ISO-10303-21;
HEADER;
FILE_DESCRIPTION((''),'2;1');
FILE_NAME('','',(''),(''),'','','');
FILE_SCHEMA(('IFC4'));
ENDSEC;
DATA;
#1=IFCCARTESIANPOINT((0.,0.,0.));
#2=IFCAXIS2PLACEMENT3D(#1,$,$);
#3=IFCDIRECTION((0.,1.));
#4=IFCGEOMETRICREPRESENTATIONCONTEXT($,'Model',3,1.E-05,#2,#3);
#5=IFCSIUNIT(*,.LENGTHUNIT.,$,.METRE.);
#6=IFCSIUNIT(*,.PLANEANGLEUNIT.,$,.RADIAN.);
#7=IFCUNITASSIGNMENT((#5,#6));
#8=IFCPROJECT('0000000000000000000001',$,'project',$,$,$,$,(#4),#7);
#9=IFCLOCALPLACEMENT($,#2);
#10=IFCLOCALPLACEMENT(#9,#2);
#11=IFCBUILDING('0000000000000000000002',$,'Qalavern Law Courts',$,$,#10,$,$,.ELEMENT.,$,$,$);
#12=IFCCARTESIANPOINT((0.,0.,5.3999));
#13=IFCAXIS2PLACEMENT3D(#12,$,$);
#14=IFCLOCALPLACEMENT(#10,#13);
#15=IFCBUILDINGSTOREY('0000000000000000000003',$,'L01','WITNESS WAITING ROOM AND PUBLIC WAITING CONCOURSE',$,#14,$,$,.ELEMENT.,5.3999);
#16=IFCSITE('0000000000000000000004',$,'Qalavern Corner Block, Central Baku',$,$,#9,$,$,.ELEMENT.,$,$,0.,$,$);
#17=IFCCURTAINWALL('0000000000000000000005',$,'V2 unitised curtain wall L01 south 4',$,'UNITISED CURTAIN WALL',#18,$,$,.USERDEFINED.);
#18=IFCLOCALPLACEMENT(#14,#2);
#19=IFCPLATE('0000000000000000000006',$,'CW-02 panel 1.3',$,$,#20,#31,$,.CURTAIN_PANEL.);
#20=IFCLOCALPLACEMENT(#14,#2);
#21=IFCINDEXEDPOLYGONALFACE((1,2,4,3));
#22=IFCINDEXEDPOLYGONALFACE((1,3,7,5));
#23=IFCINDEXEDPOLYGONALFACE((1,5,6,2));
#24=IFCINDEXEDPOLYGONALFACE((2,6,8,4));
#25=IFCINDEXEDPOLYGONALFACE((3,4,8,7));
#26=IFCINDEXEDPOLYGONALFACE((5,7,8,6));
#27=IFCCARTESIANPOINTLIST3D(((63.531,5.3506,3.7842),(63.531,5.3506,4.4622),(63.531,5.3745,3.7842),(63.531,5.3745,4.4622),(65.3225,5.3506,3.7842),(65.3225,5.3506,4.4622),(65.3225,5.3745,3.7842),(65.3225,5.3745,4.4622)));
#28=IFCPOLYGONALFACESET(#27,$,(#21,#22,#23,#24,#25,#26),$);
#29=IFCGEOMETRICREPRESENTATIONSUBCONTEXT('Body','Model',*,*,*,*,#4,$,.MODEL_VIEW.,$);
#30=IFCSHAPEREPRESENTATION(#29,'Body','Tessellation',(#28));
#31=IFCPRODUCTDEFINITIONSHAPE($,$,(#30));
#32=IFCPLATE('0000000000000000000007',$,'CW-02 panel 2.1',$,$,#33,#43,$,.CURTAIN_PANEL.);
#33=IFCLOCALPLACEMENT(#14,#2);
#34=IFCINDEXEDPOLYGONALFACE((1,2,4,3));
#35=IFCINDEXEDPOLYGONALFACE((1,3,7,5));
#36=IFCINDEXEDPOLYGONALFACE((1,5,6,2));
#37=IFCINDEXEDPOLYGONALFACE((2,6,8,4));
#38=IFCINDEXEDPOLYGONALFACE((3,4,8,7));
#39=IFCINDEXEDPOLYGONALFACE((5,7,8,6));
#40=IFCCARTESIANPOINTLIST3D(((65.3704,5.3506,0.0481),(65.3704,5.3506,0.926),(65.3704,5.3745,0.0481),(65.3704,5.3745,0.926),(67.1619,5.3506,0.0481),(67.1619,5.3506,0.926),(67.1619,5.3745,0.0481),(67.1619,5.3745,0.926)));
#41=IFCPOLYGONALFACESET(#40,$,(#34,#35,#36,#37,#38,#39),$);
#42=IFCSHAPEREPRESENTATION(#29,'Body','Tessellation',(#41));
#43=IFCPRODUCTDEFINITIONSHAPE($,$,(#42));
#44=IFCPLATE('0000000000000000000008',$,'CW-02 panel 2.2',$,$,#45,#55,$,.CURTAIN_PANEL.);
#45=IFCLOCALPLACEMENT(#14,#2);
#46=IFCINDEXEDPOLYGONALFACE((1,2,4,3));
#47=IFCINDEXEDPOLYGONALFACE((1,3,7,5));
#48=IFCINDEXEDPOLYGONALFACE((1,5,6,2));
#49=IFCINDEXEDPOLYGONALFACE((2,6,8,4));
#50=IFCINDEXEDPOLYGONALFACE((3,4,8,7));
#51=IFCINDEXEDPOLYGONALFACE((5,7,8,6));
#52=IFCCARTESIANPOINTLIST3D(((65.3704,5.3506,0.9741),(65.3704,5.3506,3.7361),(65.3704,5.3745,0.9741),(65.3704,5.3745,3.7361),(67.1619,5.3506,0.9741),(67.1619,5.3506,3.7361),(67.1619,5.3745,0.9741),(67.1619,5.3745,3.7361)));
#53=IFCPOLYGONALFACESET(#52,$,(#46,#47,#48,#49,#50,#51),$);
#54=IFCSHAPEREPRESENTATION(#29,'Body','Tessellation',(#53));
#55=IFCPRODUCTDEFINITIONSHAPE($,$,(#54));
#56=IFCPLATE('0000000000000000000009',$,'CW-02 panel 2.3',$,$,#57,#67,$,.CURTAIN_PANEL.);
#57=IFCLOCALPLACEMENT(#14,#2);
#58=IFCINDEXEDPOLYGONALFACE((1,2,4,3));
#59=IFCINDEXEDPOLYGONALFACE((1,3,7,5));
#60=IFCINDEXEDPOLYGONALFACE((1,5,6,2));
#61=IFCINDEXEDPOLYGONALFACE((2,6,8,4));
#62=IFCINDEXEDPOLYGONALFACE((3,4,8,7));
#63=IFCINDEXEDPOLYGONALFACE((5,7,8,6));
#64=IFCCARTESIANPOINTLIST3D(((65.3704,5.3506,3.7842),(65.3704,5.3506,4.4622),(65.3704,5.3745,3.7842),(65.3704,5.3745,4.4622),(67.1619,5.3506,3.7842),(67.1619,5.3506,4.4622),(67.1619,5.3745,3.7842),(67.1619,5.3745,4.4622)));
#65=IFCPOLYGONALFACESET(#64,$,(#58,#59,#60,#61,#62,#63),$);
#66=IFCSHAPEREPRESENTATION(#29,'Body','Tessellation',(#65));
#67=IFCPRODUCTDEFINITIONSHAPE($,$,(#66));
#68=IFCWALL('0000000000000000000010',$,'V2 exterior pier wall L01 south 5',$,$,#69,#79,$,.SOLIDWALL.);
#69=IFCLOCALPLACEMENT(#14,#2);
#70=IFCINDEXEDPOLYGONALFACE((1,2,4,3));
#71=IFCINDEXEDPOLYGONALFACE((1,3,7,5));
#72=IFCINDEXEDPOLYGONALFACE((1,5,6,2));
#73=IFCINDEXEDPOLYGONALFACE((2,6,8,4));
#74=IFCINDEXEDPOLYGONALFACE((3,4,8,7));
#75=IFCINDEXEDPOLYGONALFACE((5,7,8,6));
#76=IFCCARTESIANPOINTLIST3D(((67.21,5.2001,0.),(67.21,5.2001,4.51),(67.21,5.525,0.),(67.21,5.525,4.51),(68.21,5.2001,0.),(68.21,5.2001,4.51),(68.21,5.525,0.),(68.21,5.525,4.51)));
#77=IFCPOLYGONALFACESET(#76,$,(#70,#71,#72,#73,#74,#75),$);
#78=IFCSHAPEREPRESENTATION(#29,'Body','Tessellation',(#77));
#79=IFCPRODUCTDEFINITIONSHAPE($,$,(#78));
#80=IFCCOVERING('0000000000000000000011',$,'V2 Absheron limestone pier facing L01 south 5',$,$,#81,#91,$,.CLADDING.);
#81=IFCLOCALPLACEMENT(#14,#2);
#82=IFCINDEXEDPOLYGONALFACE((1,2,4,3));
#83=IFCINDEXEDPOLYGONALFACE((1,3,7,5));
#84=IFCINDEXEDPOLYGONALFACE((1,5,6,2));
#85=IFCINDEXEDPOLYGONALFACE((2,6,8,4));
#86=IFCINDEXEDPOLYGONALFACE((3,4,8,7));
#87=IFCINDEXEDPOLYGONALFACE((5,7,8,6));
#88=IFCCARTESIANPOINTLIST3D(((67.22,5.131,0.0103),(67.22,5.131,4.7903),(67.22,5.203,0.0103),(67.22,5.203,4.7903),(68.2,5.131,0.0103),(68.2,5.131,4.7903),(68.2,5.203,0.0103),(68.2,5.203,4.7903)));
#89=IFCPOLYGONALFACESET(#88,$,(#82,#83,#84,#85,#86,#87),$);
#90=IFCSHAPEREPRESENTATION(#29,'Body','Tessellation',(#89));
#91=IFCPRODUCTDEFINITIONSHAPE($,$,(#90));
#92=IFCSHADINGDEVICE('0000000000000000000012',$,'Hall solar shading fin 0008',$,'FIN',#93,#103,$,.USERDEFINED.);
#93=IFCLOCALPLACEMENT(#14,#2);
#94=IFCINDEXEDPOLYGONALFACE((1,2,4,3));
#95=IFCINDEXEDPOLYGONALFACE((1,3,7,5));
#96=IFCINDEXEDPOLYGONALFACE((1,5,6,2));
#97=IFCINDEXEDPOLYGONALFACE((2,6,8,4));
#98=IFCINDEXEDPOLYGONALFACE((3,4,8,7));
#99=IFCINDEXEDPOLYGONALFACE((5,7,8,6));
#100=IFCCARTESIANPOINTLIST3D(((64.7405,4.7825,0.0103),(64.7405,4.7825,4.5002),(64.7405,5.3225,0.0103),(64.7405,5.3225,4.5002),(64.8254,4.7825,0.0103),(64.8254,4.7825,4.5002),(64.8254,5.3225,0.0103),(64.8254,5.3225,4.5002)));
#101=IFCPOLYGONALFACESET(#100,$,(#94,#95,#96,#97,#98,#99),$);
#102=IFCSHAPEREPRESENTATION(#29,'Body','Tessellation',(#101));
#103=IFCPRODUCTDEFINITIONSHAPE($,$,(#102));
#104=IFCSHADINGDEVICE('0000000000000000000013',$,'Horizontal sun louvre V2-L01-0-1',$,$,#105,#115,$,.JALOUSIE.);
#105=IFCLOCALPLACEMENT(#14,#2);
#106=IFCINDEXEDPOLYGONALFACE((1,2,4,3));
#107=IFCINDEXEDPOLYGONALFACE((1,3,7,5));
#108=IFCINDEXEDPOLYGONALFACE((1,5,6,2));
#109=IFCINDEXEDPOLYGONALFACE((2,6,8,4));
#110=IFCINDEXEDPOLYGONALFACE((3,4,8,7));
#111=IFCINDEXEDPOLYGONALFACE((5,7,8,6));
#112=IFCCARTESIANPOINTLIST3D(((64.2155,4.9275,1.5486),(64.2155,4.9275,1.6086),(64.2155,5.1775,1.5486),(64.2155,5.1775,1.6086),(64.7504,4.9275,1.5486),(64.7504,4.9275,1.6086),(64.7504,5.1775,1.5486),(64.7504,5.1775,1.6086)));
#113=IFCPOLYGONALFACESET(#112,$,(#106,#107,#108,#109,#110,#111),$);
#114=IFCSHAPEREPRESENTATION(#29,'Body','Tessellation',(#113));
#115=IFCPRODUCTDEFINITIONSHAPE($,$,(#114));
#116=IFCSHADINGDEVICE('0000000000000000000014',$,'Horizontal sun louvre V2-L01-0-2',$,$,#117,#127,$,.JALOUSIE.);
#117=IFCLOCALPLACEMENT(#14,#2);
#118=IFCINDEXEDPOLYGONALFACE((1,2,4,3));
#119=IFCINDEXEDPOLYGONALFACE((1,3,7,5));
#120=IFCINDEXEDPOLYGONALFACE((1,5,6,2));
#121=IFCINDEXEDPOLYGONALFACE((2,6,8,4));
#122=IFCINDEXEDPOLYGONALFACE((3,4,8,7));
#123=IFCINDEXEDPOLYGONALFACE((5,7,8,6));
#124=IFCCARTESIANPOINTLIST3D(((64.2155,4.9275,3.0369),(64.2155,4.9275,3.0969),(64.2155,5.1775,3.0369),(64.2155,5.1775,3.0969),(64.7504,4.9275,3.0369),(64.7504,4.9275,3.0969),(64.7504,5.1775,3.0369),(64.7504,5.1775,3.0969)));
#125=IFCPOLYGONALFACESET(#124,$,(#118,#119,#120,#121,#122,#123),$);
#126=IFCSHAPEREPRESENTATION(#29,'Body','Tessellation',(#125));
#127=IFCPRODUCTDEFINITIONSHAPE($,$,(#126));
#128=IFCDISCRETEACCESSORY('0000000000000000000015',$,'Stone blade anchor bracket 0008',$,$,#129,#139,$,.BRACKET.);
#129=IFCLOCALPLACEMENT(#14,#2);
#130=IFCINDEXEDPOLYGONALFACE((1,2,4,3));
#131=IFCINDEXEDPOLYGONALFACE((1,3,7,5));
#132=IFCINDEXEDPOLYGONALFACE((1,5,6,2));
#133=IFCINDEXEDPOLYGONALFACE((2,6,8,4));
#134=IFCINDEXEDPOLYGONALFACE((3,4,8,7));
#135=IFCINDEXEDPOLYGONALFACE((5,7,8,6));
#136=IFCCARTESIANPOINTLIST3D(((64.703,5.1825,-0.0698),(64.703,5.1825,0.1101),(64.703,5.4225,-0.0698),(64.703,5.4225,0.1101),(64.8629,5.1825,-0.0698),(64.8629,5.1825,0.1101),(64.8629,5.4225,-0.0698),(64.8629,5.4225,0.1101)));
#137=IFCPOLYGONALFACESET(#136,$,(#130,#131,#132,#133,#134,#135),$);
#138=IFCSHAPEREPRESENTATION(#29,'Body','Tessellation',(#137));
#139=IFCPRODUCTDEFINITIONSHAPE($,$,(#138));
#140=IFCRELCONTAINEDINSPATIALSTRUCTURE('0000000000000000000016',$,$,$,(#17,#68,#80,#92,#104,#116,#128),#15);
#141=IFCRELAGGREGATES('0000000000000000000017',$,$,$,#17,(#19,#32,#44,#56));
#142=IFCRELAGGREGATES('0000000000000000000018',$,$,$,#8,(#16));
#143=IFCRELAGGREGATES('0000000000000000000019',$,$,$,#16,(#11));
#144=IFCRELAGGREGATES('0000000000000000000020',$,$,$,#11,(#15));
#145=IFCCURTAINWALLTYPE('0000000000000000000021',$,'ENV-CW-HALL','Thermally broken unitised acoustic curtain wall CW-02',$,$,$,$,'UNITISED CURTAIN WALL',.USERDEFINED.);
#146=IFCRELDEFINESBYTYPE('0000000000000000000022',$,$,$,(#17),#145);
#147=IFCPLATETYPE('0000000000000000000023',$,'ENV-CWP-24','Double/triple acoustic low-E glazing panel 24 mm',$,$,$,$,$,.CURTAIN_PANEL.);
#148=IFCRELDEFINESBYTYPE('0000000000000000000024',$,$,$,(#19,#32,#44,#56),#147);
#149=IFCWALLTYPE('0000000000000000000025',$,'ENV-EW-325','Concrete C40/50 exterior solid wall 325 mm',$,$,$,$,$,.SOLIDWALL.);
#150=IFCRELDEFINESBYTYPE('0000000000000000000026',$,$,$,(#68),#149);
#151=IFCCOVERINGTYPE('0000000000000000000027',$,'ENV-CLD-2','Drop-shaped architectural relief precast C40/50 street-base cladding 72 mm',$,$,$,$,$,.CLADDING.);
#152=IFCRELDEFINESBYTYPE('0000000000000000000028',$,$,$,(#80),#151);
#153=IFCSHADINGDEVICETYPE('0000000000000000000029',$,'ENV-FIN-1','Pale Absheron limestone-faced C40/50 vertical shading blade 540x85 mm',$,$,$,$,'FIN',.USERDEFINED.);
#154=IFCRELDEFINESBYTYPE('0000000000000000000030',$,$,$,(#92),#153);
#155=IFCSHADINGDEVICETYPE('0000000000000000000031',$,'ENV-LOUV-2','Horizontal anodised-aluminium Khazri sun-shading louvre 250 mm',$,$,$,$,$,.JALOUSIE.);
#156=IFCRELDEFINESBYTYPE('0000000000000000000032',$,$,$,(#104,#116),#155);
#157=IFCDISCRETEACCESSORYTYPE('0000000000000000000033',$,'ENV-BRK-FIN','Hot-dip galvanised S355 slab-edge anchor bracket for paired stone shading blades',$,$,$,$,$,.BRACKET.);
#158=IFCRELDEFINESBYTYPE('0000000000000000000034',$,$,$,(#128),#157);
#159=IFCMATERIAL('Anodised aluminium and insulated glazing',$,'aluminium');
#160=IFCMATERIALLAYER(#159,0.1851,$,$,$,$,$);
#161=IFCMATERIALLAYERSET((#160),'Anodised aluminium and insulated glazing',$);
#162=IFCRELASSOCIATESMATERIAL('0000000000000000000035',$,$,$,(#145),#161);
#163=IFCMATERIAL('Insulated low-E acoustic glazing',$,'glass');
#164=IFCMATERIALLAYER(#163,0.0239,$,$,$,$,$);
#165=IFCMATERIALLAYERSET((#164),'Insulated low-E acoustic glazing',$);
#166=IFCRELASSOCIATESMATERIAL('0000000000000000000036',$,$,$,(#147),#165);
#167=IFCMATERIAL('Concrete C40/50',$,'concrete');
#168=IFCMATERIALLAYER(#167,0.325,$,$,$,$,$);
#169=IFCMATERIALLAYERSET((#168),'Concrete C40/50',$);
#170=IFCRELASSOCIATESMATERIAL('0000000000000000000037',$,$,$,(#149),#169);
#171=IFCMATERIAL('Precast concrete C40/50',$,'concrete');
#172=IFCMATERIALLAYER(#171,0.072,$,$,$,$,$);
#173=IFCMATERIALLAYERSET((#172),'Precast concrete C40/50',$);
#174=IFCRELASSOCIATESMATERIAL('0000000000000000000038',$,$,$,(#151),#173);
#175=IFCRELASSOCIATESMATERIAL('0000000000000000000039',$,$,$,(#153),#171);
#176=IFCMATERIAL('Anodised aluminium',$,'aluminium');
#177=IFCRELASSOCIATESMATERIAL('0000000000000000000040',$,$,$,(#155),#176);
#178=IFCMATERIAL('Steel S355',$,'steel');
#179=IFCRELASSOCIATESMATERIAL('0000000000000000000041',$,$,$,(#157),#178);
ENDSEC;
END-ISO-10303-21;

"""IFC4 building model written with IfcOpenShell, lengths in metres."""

from ifc_helpers import new_model, si_unit, direction, frame, frame_2d, origin, origin_2d, place, context, subcontext, project, spatial, rectangle, extrude, material, layer, layer_set, type_object, element, aggregate, save


model = new_model("IFC4")

# Units and contexts
model_context = context("Model", 3, precision=1e-05, world=origin(), true_north=direction((0.0, 1.0)))
body_context = subcontext(model_context, "Body", "Model", "MODEL_VIEW")
ifc_project = project(units=[si_unit("LENGTHUNIT", "METRE"), si_unit("PLANEANGLEUNIT", "RADIAN")], contexts=[model_context])

# Site, building, storey
site_placement = place(None, origin())
site = spatial("IfcSite", under=ifc_project, at=site_placement, Name="Qalavern Corner Block, Central Baku", CompositionType="ELEMENT", RefElevation=0.0)
building_placement = place(site_placement, origin())
building = spatial("IfcBuilding", under=site, at=building_placement, Name="Qalavern Law Courts", CompositionType="ELEMENT")
storey_placement = place(building_placement, frame((0.0, 0.0, 5.3999)))
storey = spatial("IfcBuildingStorey", under=building, at=storey_placement, Name="L01", Description="WITNESS WAITING ROOM AND PUBLIC WAITING CONCOURSE", CompositionType="ELEMENT", Elevation=5.3999)

# Curtain wall
ifc_material_1 = material(Name="Anodised aluminium and insulated glazing", Category="aluminium")
ifc_layer_1 = layer(ifc_material_1, 0.1851)
ifc_layer_set_1 = layer_set([ifc_layer_1], Name="Anodised aluminium and insulated glazing")
curtain_wall_type = type_object("IfcCurtainWallType", Name="ENV-CW-HALL", Description="Thermally broken unitised acoustic curtain wall CW-02", ElementType="UNITISED CURTAIN WALL", PredefinedType="USERDEFINED", material=ifc_layer_set_1)
curtain_wall_1_placement = place(storey_placement, origin())
curtain_wall_1 = element("IfcCurtainWall", 1, at=curtain_wall_1_placement, inside=storey, type_object=curtain_wall_type, Name="V2 unitised curtain wall L01 south 4", ObjectType="UNITISED CURTAIN WALL", PredefinedType="USERDEFINED")
ifc_material_2 = material(Name="Anodised aluminium", Category="aluminium")

# Plates
ifc_material_3 = material(Name="Insulated low-E acoustic glazing", Category="glass")
ifc_layer_2 = layer(ifc_material_3, 0.0239)
ifc_layer_set_2 = layer_set([ifc_layer_2], Name="Insulated low-E acoustic glazing")
plate_type = type_object("IfcPlateType", Name="ENV-CWP-24", Description="Double/triple acoustic low-E glazing panel 24 mm", PredefinedType="CURTAIN_PANEL", material=ifc_layer_set_2)
plate_1_placement = place(storey_placement, frame((64.4268, 5.3625, 3.7842), z_axis=(0.0, 0.0, 1.0), x_axis=(1.0, 0.0, 0.0)))
plate_1 = element("IfcPlate", 2, at=plate_1_placement, type_object=plate_type, Name="CW-02 panel 1.3", PredefinedType="CURTAIN_PANEL", context=body_context, shape_type="SweptSolid", body=[
    extrude(rectangle(XDim=1.7915, YDim=0.0239, at=origin_2d()), origin(), (0.0, 0.0, 1.0), 0.678),
])
plate_2_placement = place(storey_placement, frame((66.2661, 5.3625, 0.0481), z_axis=(0.0, 0.0, 1.0), x_axis=(1.0, 0.0, 0.0)))
plate_2 = element("IfcPlate", 3, at=plate_2_placement, type_object=plate_type, Name="CW-02 panel 2.1", PredefinedType="CURTAIN_PANEL", context=body_context, shape_type="SweptSolid", body=[
    extrude(rectangle(XDim=1.7915, YDim=0.0239, at=origin_2d()), origin(), (0.0, 0.0, 1.0), 0.8779),
])
plate_3_placement = place(storey_placement, frame((66.2661, 5.3625, 0.9741), z_axis=(0.0, 0.0, 1.0), x_axis=(1.0, 0.0, 0.0)))
plate_3 = element("IfcPlate", 4, at=plate_3_placement, type_object=plate_type, Name="CW-02 panel 2.2", PredefinedType="CURTAIN_PANEL", context=body_context, shape_type="SweptSolid", body=[
    extrude(rectangle(XDim=1.7915, YDim=0.0239, at=origin_2d()), origin(), (0.0, 0.0, 1.0), 2.762),
])
plate_4_placement = place(storey_placement, frame((66.2661, 5.3625, 3.7842), z_axis=(0.0, 0.0, 1.0), x_axis=(1.0, 0.0, 0.0)))
plate_4 = element("IfcPlate", 5, at=plate_4_placement, type_object=plate_type, Name="CW-02 panel 2.3", PredefinedType="CURTAIN_PANEL", context=body_context, shape_type="SweptSolid", body=[
    extrude(rectangle(XDim=1.7915, YDim=0.0239, at=origin_2d()), origin(), (0.0, 0.0, 1.0), 0.678),
])
aggregate(curtain_wall_1, [plate_1, plate_2, plate_3, plate_4])

# Wall
ifc_material_4 = material(Name="Concrete C40/50", Category="concrete")
ifc_layer_3 = layer(ifc_material_4, 0.325)
ifc_layer_set_3 = layer_set([ifc_layer_3], Name="Concrete C40/50")
wall_type = type_object("IfcWallType", Name="ENV-EW-325", Description="Concrete C40/50 exterior solid wall 325 mm", PredefinedType="SOLIDWALL", material=ifc_layer_set_3)
wall_placement = place(storey_placement, frame((67.21, 5.3625, 0.0), z_axis=(0.0, 0.0, 1.0), x_axis=(1.0, 0.0, 0.0)))
element("IfcWall", 6, at=wall_placement, inside=storey, type_object=wall_type, Name="V2 exterior pier wall L01 south 5", PredefinedType="SOLIDWALL", context=body_context, shape_type="SweptSolid", body=[
    extrude(rectangle(XDim=1.0, YDim=0.325, at=frame_2d((0.5, 0.0))), origin(), (0.0, 0.0, 1.0), 4.51),
])

# Covering
ifc_material_5 = material(Name="Precast concrete C40/50", Category="concrete")
ifc_layer_4 = layer(ifc_material_5, 0.072)
ifc_layer_set_4 = layer_set([ifc_layer_4], Name="Precast concrete C40/50")
covering_type = type_object("IfcCoveringType", Name="ENV-CLD-2", Description="Drop-shaped architectural relief precast C40/50 street-base cladding 72 mm", PredefinedType="CLADDING", material=ifc_layer_set_4)
covering_placement = place(storey_placement, frame((67.71, 5.167, 0.0103), z_axis=(0.0, 0.0, 1.0), x_axis=(1.0, 0.0, 0.0)))
element("IfcCovering", 7, at=covering_placement, inside=storey, type_object=covering_type, Name="V2 Absheron limestone pier facing L01 south 5", PredefinedType="CLADDING", context=body_context, shape_type="SweptSolid", body=[
    extrude(rectangle(XDim=0.98, YDim=0.072, at=origin_2d()), origin(), (0.0, 0.0, 1.0), 4.78),
])

# Shading devices
shading_device_type_1 = type_object("IfcShadingDeviceType", Name="ENV-FIN-1", Description="Pale Absheron limestone-faced C40/50 vertical shading blade 540x85 mm", ElementType="FIN", PredefinedType="USERDEFINED", material=ifc_material_5)
shading_device_placement = place(storey_placement, frame((64.783, 5.0525, 0.0103), z_axis=(0.0, 0.0, 1.0), x_axis=(0.0, -1.0, 0.0)))
element("IfcShadingDevice", 8, at=shading_device_placement, inside=storey, type_object=shading_device_type_1, Name="Hall solar shading fin 0008", ObjectType="FIN", PredefinedType="USERDEFINED", context=body_context, shape_type="SweptSolid", body=[
    extrude(rectangle(XDim=0.54, YDim=0.085, at=origin_2d()), origin(), (0.0, 0.0, 1.0), 4.49),
])
shading_device_type_2 = type_object("IfcShadingDeviceType", Name="ENV-LOUV-2", Description="Horizontal anodised-aluminium Khazri sun-shading louvre 250 mm", PredefinedType="JALOUSIE", material=ifc_material_2)
for number, where, z_axis, x_axis, name in (
    (9, (64.4829, 5.0525, 1.5486), (0.0, 0.0, 1.0), (1.0, 0.0, 0.0), "Horizontal sun louvre V2-L01-0-1"),
    (10, (64.4829, 5.0525, 3.0369), (0.0, 0.0, 1.0), (1.0, 0.0, 0.0), "Horizontal sun louvre V2-L01-0-2"),
):
    element("IfcShadingDevice", number, at=place(storey_placement, frame(where, z_axis=z_axis, x_axis=x_axis)), inside=storey, type_object=shading_device_type_2, Name=name, PredefinedType="JALOUSIE", context=body_context, shape_type="SweptSolid", body=[
        extrude(rectangle(XDim=0.5349, YDim=0.25, at=origin_2d()), origin(), (0.0, 0.0, 1.0), 0.0601),
    ])

# Discrete accessory
ifc_material_6 = material(Name="Steel S355", Category="steel")
discrete_accessory_type = type_object("IfcDiscreteAccessoryType", Name="ENV-BRK-FIN", Description="Hot-dip galvanised S355 slab-edge anchor bracket for paired stone shading blades", PredefinedType="BRACKET", material=ifc_material_6)
discrete_accessory_placement = place(storey_placement, frame((64.783, 5.3025, -0.0698), z_axis=(0.0, 0.0, 1.0), x_axis=(0.0, -1.0, 0.0)))
element("IfcDiscreteAccessory", 11, at=discrete_accessory_placement, inside=storey, type_object=discrete_accessory_type, Name="Stone blade anchor bracket 0008", PredefinedType="BRACKET", context=body_context, shape_type="SweptSolid", body=[
    extrude(rectangle(XDim=0.24, YDim=0.1599, at=origin_2d()), origin(), (0.0, 0.0, 1.0), 0.1799),
])

save(model, "model.ifc")
